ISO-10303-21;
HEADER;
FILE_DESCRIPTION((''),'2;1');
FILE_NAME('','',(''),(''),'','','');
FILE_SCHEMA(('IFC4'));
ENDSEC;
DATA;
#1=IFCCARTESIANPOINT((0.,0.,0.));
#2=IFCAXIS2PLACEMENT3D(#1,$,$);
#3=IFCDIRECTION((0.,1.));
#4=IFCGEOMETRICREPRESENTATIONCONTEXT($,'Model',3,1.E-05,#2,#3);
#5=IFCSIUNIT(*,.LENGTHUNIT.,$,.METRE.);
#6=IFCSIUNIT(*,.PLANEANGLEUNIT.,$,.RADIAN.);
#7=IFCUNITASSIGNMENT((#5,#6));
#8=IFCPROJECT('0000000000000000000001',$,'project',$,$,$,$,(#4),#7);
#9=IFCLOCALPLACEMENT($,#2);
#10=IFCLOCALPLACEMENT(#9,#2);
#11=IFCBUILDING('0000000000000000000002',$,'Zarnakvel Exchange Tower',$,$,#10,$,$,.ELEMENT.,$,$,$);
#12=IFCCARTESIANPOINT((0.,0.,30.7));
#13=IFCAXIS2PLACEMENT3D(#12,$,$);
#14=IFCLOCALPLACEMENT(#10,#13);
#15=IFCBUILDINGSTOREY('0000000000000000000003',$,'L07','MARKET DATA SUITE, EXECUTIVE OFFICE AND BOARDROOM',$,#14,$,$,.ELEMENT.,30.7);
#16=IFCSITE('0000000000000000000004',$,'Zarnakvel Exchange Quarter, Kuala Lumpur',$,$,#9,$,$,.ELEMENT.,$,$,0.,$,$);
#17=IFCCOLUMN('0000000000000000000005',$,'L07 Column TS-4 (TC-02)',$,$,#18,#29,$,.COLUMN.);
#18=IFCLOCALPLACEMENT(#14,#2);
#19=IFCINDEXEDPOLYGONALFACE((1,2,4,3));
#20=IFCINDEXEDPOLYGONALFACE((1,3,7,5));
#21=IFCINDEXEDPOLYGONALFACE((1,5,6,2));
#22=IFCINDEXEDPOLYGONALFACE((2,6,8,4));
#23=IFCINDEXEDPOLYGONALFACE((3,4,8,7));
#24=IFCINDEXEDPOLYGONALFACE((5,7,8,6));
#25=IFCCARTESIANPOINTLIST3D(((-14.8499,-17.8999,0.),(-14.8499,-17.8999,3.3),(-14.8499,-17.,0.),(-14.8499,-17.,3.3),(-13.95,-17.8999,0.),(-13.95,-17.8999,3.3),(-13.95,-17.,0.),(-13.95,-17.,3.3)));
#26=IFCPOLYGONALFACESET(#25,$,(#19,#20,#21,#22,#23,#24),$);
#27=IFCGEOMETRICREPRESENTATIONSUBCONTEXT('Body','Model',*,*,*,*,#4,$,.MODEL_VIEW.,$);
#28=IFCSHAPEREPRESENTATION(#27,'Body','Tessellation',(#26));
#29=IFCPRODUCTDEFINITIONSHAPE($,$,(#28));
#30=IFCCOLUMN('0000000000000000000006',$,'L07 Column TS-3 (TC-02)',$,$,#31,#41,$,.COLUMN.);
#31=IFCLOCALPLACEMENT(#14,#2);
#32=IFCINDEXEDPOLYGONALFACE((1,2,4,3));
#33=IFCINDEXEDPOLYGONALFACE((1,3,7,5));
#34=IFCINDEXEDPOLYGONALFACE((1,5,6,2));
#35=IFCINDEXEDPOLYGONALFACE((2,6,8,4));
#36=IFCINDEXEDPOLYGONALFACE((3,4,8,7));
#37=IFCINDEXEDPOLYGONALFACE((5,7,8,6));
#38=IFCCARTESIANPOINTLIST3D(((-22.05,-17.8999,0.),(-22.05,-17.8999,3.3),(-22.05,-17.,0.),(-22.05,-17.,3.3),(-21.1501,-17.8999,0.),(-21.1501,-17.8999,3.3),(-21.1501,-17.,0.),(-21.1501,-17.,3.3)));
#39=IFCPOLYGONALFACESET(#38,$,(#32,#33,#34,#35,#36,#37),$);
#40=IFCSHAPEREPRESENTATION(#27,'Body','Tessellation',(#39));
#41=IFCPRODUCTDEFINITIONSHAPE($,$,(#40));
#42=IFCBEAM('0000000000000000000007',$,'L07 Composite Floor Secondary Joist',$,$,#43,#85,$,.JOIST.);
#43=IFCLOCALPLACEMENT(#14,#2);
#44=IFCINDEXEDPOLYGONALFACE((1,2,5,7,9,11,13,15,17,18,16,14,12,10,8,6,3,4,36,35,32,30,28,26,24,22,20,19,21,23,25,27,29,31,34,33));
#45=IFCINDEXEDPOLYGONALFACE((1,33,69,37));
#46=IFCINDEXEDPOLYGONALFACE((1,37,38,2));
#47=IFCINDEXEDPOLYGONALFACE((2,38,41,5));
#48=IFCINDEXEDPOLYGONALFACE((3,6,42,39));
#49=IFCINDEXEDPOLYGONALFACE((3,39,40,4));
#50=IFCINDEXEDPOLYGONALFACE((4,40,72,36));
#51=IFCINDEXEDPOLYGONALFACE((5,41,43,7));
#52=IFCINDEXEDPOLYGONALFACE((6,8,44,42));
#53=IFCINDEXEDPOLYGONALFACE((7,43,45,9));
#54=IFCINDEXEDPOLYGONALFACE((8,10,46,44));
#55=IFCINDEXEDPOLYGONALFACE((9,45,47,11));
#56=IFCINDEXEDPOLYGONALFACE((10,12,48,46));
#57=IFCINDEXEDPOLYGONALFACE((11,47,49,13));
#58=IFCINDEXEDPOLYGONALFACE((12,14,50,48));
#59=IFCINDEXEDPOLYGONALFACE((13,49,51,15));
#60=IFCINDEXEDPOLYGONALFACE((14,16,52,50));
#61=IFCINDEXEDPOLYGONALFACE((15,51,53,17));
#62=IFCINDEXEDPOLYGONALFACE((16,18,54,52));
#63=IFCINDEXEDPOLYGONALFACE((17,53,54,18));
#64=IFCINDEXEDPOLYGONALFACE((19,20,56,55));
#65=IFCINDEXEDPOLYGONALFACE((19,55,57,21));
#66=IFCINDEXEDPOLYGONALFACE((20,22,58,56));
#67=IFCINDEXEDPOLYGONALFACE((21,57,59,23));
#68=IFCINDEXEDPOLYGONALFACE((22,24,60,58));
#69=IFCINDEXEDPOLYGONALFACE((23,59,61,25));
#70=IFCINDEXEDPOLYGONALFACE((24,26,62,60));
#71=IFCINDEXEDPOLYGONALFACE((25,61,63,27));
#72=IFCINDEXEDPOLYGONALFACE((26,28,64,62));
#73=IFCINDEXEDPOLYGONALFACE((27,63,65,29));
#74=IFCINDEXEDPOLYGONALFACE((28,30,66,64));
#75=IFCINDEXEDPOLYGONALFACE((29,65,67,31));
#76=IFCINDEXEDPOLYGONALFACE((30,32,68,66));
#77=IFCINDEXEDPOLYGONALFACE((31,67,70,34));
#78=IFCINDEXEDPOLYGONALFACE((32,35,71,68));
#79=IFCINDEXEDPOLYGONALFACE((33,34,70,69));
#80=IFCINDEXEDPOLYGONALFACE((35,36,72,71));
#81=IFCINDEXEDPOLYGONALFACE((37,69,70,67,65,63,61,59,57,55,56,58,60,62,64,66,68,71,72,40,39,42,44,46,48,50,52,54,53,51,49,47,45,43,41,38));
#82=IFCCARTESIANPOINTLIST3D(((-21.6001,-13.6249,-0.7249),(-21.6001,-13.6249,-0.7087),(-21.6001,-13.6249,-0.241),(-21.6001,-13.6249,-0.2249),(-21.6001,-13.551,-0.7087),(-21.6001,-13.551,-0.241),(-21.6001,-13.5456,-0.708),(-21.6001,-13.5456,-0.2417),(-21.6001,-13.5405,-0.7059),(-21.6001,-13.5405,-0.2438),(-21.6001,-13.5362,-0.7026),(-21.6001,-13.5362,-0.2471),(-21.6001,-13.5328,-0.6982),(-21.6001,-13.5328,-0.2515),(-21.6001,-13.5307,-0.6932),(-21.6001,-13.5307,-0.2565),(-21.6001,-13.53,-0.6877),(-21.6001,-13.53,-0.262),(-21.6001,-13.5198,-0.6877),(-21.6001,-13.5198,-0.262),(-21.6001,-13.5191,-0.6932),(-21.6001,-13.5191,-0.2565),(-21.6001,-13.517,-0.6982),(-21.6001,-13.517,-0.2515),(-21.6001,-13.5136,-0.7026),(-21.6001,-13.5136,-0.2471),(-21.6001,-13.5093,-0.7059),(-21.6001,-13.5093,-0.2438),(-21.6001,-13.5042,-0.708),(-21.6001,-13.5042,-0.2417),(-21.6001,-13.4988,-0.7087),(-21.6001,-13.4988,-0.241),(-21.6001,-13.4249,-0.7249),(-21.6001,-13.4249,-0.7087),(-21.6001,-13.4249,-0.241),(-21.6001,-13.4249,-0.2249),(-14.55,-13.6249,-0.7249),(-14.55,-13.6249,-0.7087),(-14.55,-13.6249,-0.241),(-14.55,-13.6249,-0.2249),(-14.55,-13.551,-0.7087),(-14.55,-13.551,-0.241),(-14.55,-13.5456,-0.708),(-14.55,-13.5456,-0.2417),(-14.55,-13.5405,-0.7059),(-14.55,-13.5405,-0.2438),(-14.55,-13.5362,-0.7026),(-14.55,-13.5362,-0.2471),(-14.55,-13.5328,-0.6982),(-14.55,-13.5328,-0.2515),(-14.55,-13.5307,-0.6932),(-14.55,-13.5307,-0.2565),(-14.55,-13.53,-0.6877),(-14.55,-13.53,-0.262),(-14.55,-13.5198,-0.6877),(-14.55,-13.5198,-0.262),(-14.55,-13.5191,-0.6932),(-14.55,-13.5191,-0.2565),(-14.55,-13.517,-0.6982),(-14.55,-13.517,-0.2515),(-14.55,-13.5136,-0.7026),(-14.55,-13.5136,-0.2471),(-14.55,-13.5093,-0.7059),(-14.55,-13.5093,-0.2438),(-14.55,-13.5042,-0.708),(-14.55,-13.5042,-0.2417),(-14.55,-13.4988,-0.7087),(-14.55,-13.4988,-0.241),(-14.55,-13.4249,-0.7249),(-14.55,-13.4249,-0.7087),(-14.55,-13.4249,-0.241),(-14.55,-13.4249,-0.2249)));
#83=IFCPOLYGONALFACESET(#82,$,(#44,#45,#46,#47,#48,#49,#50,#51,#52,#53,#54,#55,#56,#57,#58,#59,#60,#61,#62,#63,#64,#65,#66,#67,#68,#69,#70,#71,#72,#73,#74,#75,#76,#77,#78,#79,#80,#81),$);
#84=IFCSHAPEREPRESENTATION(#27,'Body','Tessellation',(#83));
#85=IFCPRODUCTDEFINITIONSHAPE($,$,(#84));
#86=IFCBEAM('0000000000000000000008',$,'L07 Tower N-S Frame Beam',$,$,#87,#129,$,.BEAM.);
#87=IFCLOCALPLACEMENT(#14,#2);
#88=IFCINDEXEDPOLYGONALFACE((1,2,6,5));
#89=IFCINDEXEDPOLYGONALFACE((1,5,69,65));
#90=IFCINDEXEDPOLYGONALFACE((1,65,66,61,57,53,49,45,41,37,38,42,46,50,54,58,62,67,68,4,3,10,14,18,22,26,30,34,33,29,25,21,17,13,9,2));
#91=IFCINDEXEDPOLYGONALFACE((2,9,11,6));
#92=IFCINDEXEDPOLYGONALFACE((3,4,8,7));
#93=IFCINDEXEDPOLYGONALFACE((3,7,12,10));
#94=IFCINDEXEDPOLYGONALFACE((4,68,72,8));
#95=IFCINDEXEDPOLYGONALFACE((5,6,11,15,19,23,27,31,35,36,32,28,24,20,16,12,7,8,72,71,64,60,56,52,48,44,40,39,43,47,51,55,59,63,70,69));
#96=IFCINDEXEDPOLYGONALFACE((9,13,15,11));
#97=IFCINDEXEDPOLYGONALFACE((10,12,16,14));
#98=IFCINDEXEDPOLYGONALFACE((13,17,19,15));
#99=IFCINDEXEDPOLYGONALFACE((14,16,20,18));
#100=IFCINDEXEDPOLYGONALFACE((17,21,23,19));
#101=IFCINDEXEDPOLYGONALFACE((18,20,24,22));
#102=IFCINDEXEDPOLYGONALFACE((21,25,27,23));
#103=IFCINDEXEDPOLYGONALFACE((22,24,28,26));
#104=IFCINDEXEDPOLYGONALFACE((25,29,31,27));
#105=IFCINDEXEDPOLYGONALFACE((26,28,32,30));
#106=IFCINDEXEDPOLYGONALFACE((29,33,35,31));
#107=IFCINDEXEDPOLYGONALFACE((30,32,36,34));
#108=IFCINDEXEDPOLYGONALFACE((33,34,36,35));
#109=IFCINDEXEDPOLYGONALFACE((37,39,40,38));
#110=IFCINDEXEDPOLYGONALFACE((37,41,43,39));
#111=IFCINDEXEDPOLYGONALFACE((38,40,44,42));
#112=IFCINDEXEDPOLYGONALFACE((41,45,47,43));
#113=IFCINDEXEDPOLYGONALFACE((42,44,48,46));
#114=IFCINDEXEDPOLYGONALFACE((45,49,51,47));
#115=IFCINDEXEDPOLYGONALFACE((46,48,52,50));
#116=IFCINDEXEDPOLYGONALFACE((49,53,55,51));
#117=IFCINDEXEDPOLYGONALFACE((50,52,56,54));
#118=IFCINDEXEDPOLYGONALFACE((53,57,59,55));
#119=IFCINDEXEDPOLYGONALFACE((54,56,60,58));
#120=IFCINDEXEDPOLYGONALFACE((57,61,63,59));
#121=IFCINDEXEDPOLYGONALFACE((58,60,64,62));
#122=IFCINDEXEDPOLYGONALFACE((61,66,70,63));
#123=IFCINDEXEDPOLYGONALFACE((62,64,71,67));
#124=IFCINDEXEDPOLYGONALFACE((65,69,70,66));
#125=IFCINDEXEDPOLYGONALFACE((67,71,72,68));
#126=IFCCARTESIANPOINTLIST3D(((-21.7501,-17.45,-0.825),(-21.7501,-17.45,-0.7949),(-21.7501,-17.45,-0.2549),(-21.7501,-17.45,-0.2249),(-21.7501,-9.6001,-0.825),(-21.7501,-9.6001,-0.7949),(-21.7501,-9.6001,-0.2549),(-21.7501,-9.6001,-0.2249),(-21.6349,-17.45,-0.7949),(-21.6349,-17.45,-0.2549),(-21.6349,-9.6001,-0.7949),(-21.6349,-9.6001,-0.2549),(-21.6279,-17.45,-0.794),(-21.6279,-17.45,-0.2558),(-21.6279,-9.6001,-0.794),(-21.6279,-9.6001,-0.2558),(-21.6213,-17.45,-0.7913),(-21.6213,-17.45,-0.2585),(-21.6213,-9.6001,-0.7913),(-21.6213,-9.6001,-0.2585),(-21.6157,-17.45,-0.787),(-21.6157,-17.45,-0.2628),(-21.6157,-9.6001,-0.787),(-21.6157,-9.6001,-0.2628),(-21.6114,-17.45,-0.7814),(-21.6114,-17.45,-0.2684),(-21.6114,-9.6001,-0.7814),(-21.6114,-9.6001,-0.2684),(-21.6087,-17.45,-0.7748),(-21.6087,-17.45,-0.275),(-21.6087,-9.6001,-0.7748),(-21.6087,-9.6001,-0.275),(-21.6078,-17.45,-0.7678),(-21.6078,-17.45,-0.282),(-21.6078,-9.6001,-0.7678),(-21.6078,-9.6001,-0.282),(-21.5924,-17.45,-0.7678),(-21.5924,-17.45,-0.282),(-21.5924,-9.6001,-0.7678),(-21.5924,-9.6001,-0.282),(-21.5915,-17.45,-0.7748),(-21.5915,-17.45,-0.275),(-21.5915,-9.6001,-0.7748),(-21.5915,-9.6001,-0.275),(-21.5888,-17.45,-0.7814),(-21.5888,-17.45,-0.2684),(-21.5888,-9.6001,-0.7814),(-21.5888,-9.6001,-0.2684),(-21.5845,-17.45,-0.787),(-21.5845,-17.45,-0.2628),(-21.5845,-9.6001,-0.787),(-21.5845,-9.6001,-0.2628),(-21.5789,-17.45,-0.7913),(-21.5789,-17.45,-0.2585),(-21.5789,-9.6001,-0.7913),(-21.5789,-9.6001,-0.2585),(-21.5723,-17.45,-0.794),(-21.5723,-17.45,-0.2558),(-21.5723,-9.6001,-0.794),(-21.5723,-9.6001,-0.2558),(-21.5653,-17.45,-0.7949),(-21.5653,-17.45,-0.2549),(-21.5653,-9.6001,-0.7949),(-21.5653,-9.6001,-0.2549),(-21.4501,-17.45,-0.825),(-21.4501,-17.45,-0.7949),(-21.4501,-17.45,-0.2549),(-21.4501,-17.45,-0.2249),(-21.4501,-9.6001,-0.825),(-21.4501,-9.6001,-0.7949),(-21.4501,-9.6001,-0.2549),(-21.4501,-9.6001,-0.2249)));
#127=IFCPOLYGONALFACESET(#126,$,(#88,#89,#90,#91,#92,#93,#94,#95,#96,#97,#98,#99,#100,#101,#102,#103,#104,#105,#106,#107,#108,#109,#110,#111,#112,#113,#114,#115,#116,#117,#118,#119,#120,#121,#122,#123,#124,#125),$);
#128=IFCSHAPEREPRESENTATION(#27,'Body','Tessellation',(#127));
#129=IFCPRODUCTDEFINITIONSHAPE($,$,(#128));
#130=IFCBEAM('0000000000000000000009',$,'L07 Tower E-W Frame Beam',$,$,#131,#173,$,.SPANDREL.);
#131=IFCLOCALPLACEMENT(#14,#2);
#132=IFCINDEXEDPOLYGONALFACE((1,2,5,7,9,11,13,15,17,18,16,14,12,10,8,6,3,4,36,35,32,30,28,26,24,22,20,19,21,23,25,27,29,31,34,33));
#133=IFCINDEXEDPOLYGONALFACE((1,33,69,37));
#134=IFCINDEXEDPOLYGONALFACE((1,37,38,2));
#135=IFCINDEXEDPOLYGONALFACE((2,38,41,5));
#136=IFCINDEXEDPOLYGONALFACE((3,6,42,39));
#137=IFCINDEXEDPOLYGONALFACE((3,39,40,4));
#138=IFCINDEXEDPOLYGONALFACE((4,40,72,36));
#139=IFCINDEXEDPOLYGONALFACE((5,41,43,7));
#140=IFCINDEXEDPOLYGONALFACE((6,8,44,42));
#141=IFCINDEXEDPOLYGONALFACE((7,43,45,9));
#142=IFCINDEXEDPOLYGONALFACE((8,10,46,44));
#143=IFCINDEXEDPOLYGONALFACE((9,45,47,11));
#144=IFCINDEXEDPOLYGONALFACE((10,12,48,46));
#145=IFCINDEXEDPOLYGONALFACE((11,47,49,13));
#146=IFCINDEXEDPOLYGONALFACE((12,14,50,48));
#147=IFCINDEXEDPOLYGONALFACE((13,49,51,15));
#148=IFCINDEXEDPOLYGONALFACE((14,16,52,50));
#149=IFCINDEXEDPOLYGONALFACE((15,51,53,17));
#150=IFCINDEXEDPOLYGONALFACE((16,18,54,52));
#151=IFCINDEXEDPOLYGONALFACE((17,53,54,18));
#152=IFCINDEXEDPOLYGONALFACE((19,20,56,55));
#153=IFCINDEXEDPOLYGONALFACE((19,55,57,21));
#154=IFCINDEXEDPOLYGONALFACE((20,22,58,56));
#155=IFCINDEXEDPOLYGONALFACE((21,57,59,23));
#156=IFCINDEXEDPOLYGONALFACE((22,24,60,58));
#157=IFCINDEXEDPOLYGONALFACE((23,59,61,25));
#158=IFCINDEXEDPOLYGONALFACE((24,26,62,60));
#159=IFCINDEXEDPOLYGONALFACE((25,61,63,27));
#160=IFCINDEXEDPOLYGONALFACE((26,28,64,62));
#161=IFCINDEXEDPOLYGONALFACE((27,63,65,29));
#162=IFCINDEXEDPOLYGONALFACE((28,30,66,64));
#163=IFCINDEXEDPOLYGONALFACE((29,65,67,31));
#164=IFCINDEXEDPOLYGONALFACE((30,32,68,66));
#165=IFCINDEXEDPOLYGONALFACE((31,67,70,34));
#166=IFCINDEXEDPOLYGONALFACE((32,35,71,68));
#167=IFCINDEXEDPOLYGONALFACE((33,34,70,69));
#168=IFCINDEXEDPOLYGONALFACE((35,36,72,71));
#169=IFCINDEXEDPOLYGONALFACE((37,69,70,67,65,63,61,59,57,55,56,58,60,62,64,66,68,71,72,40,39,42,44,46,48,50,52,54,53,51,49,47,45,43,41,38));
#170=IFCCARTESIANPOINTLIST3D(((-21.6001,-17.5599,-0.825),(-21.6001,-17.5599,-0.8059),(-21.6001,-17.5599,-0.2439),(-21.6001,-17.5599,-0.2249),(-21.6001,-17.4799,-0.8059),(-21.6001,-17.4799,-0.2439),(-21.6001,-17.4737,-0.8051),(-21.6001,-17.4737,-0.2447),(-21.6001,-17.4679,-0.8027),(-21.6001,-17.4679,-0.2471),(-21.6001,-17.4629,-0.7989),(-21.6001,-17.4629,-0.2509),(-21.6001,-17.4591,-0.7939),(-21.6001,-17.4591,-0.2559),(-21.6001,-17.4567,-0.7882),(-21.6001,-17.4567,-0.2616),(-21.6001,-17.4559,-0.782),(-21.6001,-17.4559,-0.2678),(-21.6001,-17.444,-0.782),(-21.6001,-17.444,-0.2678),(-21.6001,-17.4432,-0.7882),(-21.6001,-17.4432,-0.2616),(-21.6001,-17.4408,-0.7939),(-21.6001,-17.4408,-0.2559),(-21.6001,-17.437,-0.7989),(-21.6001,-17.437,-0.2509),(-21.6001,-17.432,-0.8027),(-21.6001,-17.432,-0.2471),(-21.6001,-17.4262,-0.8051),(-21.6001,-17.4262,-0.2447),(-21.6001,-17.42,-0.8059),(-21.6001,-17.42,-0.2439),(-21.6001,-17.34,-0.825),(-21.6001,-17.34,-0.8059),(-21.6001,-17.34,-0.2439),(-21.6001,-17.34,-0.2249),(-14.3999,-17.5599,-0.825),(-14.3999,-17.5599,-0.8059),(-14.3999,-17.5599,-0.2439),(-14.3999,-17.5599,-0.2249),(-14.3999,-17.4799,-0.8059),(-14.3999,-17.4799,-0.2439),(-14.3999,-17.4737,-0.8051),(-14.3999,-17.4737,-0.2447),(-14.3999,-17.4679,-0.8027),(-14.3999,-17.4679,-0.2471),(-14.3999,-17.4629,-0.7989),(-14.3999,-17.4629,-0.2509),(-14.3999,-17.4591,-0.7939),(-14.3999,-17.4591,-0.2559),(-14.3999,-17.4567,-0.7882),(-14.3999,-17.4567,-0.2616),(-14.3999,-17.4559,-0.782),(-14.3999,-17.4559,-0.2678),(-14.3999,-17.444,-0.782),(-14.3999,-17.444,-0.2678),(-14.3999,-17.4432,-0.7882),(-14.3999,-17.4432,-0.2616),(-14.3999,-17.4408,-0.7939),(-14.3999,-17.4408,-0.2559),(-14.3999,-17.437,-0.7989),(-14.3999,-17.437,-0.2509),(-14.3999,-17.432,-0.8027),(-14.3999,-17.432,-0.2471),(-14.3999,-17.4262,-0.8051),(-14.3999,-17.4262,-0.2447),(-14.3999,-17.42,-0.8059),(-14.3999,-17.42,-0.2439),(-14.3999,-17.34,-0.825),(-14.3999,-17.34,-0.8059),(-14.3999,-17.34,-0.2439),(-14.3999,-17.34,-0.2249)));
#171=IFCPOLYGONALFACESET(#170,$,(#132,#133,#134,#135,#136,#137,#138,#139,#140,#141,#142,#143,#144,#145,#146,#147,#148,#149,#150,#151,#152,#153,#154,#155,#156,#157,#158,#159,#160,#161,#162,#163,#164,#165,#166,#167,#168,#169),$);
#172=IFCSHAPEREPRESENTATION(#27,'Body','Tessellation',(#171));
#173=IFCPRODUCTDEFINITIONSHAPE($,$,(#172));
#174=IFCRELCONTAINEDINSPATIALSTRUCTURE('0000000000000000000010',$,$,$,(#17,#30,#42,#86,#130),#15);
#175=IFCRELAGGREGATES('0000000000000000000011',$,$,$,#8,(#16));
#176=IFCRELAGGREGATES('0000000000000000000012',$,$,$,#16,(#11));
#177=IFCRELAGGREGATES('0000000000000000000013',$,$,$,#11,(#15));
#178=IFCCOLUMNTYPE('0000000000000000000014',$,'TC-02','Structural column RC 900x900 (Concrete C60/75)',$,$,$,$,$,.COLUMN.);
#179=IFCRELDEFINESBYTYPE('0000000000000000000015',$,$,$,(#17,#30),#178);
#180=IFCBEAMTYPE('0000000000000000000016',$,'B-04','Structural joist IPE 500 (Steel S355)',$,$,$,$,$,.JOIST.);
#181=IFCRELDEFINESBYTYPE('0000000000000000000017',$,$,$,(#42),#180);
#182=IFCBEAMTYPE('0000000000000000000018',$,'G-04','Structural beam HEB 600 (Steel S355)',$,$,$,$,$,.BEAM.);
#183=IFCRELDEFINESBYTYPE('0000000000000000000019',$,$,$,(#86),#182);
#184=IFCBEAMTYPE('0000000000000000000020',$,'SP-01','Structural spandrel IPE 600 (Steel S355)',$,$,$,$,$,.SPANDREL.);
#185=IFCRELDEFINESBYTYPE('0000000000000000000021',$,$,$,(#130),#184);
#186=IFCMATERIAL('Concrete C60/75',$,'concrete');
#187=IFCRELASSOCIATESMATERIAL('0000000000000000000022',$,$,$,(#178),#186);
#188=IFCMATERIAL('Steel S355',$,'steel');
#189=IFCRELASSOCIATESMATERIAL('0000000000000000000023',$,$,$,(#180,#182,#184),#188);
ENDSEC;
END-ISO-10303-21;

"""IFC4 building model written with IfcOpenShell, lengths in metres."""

from ifc_helpers import new_model, si_unit, direction, frame, origin, origin_2d, place, context, subcontext, project, spatial, rectangle, i_section, extrude, material, material_profile, profile_set, type_object, element, save


model = new_model("IFC4")

# Units and contexts
model_context = context("Model", 3, precision=1e-05, world=origin(), true_north=direction((0.0, 1.0)))
body_context = subcontext(model_context, "Body", "Model", "MODEL_VIEW")
ifc_project = project(units=[si_unit("LENGTHUNIT", "METRE"), si_unit("PLANEANGLEUNIT", "RADIAN")], contexts=[model_context])

# Site, building, storey
site_placement = place(None, origin())
site = spatial("IfcSite", under=ifc_project, at=site_placement, Name="Zarnakvel Exchange Quarter, Kuala Lumpur", CompositionType="ELEMENT", RefElevation=0.0)
building_placement = place(site_placement, origin())
building = spatial("IfcBuilding", under=site, at=building_placement, Name="Zarnakvel Exchange Tower", CompositionType="ELEMENT")
storey_placement = place(building_placement, frame((0.0, 0.0, 30.7)))
storey = spatial("IfcBuildingStorey", under=building, at=storey_placement, Name="L07", Description="MARKET DATA SUITE, EXECUTIVE OFFICE AND BOARDROOM", CompositionType="ELEMENT", Elevation=30.7)

# Columns
ifc_material_1 = material(Name="Concrete C60/75", Category="concrete")
ifc_material_profile_1 = material_profile(ifc_material_1, rectangle(XDim=0.8999, YDim=0.8999, at=origin_2d()))
ifc_profile_set_1 = profile_set([ifc_material_profile_1], Name="Concrete C60/75")
column_type = type_object("IfcColumnType", Name="TC-02", Description="Structural column RC 900x900 (Concrete C60/75)", PredefinedType="COLUMN", material=ifc_profile_set_1)
for number, where, z_axis, x_axis, name in (
    (1, (-14.3999, -17.45, 0.0), (0.0, 0.0, 1.0), (1.0, 0.0, 0.0), "L07 Column TS-4 (TC-02)"),
    (2, (-21.6001, -17.45, 0.0), (0.0, 0.0, 1.0), (1.0, 0.0, 0.0), "L07 Column TS-3 (TC-02)"),
):
    element("IfcColumn", number, at=place(storey_placement, frame(where, z_axis=z_axis, x_axis=x_axis)), inside=storey, type_object=column_type, Name=name, PredefinedType="COLUMN", context=body_context, shape_type="SweptSolid", body=[
        extrude(rectangle(XDim=0.8999, YDim=0.8999, at=origin_2d()), origin(), (0.0, 0.0, 1.0), 3.3),
    ])

# Beams
ifc_material_2 = material(Name="Steel S355", Category="steel")
ifc_material_profile_2 = material_profile(ifc_material_2, i_section(OverallWidth=0.2, OverallDepth=0.5, WebThickness=0.0103, FlangeThickness=0.0161, FilletRadius=0.021, at=origin_2d()))
ifc_profile_set_2 = profile_set([ifc_material_profile_2], Name="Steel S355")
beam_type_1 = type_object("IfcBeamType", Name="B-04", Description="Structural joist IPE 500 (Steel S355)", PredefinedType="JOIST", material=ifc_profile_set_2)
beam_1_placement = place(storey_placement, frame((-21.6001, -13.5249, -0.4749), z_axis=(1.0, 0.0, 0.0), x_axis=(0.0, 1.0, 0.0)))
element("IfcBeam", 3, at=beam_1_placement, inside=storey, type_object=beam_type_1, Name="L07 Composite Floor Secondary Joist", PredefinedType="JOIST", context=body_context, shape_type="SweptSolid", body=[
    extrude(i_section(OverallWidth=0.2, OverallDepth=0.5, WebThickness=0.0103, FlangeThickness=0.0161, FilletRadius=0.021, at=origin_2d()), origin(), (0.0, 0.0, 1.0), 7.05),
])
ifc_material_profile_3 = material_profile(ifc_material_2, i_section(OverallWidth=0.3, OverallDepth=0.6001, WebThickness=0.0154, FlangeThickness=0.03, FilletRadius=0.0271, at=origin_2d()))
ifc_profile_set_3 = profile_set([ifc_material_profile_3], Name="Steel S355")
beam_type_2 = type_object("IfcBeamType", Name="G-04", Description="Structural beam HEB 600 (Steel S355)", PredefinedType="BEAM", material=ifc_profile_set_3)
beam_2_placement = place(storey_placement, frame((-21.6001, -17.45, -0.5249), z_axis=(0.0, 1.0, 0.0), x_axis=(-1.0, 0.0, 0.0)))
element("IfcBeam", 4, at=beam_2_placement, inside=storey, type_object=beam_type_2, Name="L07 Tower N-S Frame Beam", PredefinedType="BEAM", context=body_context, shape_type="SweptSolid", body=[
    extrude(i_section(OverallWidth=0.3, OverallDepth=0.6001, WebThickness=0.0154, FlangeThickness=0.03, FilletRadius=0.0271, at=origin_2d()), origin(), (0.0, 0.0, 1.0), 7.8499),
])
ifc_material_profile_4 = material_profile(ifc_material_2, i_section(OverallWidth=0.22, OverallDepth=0.6001, WebThickness=0.012, FlangeThickness=0.019, FilletRadius=0.0239, at=origin_2d()))
ifc_profile_set_4 = profile_set([ifc_material_profile_4], Name="Steel S355")
beam_type_3 = type_object("IfcBeamType", Name="SP-01", Description="Structural spandrel IPE 600 (Steel S355)", PredefinedType="SPANDREL", material=ifc_profile_set_4)
beam_3_placement = place(storey_placement, frame((-21.6001, -17.45, -0.5249), z_axis=(1.0, 0.0, 0.0), x_axis=(0.0, 1.0, 0.0)))
element("IfcBeam", 5, at=beam_3_placement, inside=storey, type_object=beam_type_3, Name="L07 Tower E-W Frame Beam", PredefinedType="SPANDREL", context=body_context, shape_type="SweptSolid", body=[
    extrude(i_section(OverallWidth=0.22, OverallDepth=0.6001, WebThickness=0.012, FlangeThickness=0.019, FilletRadius=0.0239, at=origin_2d()), origin(), (0.0, 0.0, 1.0), 7.2002),
])

save(model, "model.ifc")
